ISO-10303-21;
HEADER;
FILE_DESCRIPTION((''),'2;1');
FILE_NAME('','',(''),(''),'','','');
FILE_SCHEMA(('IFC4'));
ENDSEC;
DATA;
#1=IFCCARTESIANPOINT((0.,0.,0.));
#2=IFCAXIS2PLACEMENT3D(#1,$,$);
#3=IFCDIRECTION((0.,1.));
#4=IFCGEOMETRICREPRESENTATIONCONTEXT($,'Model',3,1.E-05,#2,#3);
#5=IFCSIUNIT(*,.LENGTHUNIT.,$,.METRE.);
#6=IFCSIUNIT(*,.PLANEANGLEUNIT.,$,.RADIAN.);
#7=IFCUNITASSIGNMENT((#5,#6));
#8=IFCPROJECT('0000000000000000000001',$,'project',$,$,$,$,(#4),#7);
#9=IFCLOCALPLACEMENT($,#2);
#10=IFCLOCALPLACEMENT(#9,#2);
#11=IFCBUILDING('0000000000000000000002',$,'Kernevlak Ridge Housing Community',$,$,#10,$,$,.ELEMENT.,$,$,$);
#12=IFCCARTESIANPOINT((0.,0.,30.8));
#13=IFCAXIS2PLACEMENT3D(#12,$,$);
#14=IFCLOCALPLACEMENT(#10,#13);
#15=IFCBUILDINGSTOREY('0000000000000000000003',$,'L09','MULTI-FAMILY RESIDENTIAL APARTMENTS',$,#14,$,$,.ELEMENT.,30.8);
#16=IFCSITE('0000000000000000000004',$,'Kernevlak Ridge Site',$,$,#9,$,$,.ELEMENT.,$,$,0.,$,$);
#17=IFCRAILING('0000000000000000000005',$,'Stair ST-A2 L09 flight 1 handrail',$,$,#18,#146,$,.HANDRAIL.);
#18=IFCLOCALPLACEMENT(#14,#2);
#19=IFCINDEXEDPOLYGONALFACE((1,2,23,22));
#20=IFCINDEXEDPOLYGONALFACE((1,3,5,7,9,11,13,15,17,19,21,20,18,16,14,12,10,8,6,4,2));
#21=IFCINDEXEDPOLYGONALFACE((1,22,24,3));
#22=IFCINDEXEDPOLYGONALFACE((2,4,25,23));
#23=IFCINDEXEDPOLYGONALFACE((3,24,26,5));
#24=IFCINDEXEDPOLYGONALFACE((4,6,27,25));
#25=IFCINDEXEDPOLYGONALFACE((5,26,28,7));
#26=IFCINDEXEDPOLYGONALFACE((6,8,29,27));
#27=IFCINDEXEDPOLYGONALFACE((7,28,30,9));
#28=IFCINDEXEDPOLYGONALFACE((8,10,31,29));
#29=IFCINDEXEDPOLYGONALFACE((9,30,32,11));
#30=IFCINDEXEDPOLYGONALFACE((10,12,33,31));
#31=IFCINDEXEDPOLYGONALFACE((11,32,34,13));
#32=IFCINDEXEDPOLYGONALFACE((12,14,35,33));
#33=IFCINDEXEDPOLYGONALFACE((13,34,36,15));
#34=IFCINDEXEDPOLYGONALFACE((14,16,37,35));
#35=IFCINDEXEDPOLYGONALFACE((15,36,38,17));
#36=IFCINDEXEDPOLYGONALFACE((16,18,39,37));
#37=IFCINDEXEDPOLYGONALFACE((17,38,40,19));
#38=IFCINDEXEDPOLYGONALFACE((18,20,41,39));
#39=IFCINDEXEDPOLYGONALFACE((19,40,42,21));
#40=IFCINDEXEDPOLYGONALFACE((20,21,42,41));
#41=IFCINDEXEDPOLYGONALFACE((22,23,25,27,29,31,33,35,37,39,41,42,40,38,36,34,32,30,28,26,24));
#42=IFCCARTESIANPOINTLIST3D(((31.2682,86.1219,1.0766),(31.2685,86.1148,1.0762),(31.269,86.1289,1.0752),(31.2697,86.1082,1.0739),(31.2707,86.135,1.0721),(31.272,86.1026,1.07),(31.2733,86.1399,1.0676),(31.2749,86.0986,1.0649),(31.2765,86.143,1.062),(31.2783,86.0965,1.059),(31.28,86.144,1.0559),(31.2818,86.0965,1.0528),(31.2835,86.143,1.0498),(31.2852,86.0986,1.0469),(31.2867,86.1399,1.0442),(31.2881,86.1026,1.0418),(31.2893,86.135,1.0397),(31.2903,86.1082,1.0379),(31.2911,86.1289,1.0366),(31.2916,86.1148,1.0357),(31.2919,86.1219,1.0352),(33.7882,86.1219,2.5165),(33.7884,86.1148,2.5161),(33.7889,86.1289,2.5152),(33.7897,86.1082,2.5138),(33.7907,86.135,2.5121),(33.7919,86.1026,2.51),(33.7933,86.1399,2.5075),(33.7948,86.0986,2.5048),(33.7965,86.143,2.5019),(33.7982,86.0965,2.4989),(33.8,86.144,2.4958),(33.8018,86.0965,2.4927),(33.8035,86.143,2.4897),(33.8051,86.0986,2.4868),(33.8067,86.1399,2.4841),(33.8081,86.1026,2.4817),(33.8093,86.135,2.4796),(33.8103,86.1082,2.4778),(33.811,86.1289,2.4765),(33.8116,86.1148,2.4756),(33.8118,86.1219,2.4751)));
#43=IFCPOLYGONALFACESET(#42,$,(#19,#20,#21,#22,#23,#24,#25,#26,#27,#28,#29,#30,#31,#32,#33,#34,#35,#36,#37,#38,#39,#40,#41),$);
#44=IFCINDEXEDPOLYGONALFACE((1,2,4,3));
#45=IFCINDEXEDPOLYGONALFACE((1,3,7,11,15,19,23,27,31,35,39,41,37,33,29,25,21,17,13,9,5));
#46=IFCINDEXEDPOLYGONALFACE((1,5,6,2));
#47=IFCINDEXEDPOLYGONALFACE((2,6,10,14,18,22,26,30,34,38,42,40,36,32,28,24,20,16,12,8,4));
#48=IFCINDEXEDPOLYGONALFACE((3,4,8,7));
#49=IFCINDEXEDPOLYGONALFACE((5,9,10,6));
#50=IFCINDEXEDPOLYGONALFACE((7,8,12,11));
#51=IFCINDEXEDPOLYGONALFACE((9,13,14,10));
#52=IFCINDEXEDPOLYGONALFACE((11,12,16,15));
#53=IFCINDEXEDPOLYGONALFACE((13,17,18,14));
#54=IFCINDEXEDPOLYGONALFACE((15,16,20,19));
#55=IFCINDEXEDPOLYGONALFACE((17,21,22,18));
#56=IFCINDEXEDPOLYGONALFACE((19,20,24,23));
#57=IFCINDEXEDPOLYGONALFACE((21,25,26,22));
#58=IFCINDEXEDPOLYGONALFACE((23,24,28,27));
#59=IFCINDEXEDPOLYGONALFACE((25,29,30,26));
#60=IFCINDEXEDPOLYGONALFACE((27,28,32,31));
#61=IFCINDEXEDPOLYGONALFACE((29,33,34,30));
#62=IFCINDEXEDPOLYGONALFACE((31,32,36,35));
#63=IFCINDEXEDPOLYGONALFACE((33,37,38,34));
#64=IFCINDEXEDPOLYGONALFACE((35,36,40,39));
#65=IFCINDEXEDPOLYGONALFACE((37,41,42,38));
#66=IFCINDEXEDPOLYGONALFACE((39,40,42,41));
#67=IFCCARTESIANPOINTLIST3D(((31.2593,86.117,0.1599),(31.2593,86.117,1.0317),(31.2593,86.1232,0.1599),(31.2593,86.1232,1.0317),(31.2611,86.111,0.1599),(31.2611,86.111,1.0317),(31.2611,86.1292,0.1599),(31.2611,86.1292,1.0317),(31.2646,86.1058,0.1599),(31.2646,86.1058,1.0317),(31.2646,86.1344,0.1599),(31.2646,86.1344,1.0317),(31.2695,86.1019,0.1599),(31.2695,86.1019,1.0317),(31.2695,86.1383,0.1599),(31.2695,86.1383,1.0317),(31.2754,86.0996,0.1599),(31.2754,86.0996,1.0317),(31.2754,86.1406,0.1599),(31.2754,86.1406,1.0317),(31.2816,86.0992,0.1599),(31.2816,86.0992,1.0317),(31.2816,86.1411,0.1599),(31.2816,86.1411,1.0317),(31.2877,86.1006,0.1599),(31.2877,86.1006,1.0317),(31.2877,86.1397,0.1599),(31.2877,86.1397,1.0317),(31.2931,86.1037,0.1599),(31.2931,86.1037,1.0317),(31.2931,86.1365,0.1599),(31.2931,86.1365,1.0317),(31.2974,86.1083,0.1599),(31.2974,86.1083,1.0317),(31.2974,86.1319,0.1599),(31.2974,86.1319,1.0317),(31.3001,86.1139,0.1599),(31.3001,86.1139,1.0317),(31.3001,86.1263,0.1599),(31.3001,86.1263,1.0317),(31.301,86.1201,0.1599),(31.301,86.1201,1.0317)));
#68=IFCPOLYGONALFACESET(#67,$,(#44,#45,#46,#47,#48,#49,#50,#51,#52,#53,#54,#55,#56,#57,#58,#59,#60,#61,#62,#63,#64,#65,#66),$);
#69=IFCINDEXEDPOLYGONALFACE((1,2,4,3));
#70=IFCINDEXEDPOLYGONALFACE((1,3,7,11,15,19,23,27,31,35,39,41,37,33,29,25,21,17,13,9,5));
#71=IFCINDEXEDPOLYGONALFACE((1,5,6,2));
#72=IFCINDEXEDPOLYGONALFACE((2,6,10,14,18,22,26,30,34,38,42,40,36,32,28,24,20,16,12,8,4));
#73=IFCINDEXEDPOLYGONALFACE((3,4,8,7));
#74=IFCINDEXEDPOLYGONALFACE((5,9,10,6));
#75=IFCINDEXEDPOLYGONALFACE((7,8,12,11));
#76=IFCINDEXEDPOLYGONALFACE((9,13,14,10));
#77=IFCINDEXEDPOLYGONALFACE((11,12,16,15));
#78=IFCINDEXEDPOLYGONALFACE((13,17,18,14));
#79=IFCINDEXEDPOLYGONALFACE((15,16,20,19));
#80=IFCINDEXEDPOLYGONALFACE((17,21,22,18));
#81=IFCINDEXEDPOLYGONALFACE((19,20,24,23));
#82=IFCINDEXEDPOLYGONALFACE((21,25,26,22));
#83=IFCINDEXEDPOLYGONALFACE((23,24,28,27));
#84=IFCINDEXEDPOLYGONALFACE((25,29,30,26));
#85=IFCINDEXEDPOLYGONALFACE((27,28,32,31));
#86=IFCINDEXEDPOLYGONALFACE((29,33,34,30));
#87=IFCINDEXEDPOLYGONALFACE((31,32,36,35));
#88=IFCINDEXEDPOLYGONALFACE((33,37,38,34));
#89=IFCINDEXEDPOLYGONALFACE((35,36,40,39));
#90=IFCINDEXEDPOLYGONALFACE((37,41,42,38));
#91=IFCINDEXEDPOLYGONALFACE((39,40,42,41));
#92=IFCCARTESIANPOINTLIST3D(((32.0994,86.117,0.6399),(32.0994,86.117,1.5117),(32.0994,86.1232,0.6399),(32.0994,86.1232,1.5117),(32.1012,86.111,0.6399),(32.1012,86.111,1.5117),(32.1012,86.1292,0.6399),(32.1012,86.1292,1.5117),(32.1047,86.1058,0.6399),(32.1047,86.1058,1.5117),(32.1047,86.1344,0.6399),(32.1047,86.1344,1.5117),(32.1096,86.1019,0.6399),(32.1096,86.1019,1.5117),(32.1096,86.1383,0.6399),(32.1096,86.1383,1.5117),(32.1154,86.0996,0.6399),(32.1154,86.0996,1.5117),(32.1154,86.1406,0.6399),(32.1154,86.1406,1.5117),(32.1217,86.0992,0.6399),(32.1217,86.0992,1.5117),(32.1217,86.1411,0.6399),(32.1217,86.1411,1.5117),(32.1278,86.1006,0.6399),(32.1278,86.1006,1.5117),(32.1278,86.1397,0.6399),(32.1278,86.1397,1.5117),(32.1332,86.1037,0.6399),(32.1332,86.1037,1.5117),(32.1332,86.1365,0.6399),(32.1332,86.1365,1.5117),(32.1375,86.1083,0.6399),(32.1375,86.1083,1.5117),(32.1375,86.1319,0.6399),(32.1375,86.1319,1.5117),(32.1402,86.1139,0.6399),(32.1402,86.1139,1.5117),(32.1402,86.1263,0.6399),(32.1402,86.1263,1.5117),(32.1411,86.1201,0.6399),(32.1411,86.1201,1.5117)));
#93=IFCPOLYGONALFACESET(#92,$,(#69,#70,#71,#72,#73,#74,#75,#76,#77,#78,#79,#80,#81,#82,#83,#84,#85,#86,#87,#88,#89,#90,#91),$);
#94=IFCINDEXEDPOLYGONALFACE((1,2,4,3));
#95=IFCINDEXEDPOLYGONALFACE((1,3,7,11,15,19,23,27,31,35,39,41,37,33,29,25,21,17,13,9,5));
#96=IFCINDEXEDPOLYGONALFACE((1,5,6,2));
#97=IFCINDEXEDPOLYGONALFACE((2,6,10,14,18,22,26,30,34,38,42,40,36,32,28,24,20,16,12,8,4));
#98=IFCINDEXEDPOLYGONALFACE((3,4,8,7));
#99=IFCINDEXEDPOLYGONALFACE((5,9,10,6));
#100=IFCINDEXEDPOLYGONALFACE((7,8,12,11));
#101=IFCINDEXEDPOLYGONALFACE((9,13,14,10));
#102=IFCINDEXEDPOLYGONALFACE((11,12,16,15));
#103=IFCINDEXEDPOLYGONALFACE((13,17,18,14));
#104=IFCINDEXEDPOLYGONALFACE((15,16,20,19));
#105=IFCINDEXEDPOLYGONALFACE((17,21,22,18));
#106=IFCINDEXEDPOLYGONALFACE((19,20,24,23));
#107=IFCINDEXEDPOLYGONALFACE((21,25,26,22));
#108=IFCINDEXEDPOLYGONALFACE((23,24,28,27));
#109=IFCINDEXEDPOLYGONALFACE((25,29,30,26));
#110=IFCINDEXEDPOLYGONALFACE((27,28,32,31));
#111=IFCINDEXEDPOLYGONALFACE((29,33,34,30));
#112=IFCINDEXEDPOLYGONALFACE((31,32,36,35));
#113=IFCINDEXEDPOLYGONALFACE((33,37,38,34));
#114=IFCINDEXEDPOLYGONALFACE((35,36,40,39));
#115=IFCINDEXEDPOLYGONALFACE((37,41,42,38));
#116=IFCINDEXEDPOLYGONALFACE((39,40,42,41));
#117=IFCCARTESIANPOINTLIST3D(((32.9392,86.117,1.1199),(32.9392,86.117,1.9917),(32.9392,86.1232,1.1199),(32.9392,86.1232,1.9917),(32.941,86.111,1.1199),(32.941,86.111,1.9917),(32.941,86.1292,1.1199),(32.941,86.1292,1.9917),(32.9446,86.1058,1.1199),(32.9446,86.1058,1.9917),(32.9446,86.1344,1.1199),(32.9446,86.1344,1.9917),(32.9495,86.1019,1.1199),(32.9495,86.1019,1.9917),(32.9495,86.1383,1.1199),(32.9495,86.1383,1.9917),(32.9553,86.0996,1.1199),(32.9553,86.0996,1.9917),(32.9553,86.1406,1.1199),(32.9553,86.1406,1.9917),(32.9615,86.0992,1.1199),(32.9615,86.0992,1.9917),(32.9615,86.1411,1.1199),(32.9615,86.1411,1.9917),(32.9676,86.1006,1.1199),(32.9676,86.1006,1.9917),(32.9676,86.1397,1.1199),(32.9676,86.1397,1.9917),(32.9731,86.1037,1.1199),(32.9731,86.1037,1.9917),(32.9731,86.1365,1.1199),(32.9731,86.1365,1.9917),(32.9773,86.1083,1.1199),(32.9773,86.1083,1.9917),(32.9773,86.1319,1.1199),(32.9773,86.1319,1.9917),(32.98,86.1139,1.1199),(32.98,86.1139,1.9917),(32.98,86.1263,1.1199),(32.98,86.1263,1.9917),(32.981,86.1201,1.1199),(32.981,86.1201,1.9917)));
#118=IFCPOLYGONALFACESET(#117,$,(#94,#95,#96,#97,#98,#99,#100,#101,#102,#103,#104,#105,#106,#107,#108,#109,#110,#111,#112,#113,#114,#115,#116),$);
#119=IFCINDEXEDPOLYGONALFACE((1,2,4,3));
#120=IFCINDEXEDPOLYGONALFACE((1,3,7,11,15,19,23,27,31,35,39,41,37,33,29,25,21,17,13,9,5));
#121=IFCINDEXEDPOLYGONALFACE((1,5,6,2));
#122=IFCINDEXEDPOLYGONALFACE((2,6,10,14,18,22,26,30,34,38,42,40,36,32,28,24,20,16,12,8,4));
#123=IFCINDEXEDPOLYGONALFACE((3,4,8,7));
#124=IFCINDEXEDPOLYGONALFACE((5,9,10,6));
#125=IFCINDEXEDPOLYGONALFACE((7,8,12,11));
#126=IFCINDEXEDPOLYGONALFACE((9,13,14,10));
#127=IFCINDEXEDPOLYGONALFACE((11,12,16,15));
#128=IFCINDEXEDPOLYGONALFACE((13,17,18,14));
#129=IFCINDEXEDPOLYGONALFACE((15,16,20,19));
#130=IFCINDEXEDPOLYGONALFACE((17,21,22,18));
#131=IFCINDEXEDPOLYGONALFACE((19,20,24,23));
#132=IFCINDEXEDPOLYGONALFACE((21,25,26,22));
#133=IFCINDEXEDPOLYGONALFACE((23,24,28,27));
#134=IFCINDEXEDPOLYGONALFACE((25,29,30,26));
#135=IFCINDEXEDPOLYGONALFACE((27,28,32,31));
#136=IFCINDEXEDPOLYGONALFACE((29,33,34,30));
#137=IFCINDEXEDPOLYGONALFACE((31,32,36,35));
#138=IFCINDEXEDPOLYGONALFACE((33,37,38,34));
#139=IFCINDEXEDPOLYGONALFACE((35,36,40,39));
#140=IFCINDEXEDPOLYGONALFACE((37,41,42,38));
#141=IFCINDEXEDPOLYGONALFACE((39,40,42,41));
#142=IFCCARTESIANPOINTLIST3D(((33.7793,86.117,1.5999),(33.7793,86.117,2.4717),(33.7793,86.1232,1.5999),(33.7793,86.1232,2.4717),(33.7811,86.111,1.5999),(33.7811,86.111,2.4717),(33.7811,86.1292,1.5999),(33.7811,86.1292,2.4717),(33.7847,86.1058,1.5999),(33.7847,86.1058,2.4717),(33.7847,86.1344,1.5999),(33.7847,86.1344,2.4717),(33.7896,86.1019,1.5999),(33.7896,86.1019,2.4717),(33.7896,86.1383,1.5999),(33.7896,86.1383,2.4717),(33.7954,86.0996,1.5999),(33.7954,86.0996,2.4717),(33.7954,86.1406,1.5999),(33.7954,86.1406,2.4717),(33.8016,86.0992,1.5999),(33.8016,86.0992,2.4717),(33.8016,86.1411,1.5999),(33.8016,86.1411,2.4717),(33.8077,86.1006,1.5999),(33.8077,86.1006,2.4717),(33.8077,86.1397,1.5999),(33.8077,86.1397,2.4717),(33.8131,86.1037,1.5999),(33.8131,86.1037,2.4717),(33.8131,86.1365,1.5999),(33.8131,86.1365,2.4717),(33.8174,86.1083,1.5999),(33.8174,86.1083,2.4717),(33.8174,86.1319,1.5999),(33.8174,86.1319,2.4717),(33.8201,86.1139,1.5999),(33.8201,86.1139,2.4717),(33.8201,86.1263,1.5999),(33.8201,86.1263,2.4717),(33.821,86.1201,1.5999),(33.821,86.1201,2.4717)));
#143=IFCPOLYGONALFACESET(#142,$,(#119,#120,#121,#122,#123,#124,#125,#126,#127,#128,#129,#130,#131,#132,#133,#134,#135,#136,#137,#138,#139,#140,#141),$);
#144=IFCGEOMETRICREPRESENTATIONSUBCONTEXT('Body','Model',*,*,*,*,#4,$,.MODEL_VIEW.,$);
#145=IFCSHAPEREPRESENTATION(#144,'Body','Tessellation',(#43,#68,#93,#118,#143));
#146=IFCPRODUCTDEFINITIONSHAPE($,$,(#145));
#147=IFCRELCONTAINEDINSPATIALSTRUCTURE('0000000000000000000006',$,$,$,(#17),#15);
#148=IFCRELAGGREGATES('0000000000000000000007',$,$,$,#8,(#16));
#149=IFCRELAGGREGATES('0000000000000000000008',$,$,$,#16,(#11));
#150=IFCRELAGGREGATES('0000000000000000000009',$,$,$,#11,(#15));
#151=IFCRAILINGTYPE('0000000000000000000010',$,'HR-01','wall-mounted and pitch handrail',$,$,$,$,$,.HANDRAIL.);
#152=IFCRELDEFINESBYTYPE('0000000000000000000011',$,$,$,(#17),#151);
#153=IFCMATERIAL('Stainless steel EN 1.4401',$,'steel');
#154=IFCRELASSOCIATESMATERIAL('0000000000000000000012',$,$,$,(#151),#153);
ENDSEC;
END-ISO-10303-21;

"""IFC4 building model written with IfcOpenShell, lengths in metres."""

from ifc_helpers import new_model, si_unit, direction, frame, origin, origin_2d, place, context, subcontext, project, spatial, circle, extrude, material, type_object, element, save


model = new_model("IFC4")

# Units and contexts
model_context = context("Model", 3, precision=1e-05, world=origin(), true_north=direction((0.0, 1.0)))
body_context = subcontext(model_context, "Body", "Model", "MODEL_VIEW")
ifc_project = project(units=[si_unit("LENGTHUNIT", "METRE"), si_unit("PLANEANGLEUNIT", "RADIAN")], contexts=[model_context])

# Site, building, storey
site_placement = place(None, origin())
site = spatial("IfcSite", under=ifc_project, at=site_placement, Name="Kernevlak Ridge Site", CompositionType="ELEMENT", RefElevation=0.0)
building_placement = place(site_placement, origin())
building = spatial("IfcBuilding", under=site, at=building_placement, Name="Kernevlak Ridge Housing Community", CompositionType="ELEMENT")
storey_placement = place(building_placement, frame((0.0, 0.0, 30.8)))
storey = spatial("IfcBuildingStorey", under=building, at=storey_placement, Name="L09", Description="MULTI-FAMILY RESIDENTIAL APARTMENTS", CompositionType="ELEMENT", Elevation=30.8)

# Railing
ifc_material_1 = material(Name="Stainless steel EN 1.4401", Category="steel")
railing_type_1 = type_object("IfcRailingType", Name="HR-01", Description="wall-mounted and pitch handrail", PredefinedType="HANDRAIL", material=ifc_material_1)
railing_1_placement = place(storey_placement, frame((31.28, 86.1201, 0.1599)))
element("IfcRailing", 1, at=railing_1_placement, inside=storey, type_object=railing_type_1, Name="Stair ST-A2 L09 flight 1 handrail", PredefinedType="HANDRAIL", context=body_context, shape_type="SweptSolid", body=[
    extrude(circle(Radius=0.0239, at=origin_2d()), frame((0.0, 0.0, 0.896), z_axis=(0.868253, 0.0, 0.496121), x_axis=(0.0, 1.0, 0.0)), (0.0, 0.0, 1.0), 2.9023),
    extrude(circle(Radius=0.021, at=origin_2d()), origin(), (0.0, 0.0, 1.0), 0.8718),
    extrude(circle(Radius=0.021, at=origin_2d()), frame((0.8401, 0.0, 0.48)), (0.0, 0.0, 1.0), 0.8718),
    extrude(circle(Radius=0.021, at=origin_2d()), frame((1.6799, 0.0, 0.96)), (0.0, 0.0, 1.0), 0.8718),
    extrude(circle(Radius=0.021, at=origin_2d()), frame((2.52, 0.0, 1.4399)), (0.0, 0.0, 1.0), 0.8718),
])

save(model, "model.ifc")
